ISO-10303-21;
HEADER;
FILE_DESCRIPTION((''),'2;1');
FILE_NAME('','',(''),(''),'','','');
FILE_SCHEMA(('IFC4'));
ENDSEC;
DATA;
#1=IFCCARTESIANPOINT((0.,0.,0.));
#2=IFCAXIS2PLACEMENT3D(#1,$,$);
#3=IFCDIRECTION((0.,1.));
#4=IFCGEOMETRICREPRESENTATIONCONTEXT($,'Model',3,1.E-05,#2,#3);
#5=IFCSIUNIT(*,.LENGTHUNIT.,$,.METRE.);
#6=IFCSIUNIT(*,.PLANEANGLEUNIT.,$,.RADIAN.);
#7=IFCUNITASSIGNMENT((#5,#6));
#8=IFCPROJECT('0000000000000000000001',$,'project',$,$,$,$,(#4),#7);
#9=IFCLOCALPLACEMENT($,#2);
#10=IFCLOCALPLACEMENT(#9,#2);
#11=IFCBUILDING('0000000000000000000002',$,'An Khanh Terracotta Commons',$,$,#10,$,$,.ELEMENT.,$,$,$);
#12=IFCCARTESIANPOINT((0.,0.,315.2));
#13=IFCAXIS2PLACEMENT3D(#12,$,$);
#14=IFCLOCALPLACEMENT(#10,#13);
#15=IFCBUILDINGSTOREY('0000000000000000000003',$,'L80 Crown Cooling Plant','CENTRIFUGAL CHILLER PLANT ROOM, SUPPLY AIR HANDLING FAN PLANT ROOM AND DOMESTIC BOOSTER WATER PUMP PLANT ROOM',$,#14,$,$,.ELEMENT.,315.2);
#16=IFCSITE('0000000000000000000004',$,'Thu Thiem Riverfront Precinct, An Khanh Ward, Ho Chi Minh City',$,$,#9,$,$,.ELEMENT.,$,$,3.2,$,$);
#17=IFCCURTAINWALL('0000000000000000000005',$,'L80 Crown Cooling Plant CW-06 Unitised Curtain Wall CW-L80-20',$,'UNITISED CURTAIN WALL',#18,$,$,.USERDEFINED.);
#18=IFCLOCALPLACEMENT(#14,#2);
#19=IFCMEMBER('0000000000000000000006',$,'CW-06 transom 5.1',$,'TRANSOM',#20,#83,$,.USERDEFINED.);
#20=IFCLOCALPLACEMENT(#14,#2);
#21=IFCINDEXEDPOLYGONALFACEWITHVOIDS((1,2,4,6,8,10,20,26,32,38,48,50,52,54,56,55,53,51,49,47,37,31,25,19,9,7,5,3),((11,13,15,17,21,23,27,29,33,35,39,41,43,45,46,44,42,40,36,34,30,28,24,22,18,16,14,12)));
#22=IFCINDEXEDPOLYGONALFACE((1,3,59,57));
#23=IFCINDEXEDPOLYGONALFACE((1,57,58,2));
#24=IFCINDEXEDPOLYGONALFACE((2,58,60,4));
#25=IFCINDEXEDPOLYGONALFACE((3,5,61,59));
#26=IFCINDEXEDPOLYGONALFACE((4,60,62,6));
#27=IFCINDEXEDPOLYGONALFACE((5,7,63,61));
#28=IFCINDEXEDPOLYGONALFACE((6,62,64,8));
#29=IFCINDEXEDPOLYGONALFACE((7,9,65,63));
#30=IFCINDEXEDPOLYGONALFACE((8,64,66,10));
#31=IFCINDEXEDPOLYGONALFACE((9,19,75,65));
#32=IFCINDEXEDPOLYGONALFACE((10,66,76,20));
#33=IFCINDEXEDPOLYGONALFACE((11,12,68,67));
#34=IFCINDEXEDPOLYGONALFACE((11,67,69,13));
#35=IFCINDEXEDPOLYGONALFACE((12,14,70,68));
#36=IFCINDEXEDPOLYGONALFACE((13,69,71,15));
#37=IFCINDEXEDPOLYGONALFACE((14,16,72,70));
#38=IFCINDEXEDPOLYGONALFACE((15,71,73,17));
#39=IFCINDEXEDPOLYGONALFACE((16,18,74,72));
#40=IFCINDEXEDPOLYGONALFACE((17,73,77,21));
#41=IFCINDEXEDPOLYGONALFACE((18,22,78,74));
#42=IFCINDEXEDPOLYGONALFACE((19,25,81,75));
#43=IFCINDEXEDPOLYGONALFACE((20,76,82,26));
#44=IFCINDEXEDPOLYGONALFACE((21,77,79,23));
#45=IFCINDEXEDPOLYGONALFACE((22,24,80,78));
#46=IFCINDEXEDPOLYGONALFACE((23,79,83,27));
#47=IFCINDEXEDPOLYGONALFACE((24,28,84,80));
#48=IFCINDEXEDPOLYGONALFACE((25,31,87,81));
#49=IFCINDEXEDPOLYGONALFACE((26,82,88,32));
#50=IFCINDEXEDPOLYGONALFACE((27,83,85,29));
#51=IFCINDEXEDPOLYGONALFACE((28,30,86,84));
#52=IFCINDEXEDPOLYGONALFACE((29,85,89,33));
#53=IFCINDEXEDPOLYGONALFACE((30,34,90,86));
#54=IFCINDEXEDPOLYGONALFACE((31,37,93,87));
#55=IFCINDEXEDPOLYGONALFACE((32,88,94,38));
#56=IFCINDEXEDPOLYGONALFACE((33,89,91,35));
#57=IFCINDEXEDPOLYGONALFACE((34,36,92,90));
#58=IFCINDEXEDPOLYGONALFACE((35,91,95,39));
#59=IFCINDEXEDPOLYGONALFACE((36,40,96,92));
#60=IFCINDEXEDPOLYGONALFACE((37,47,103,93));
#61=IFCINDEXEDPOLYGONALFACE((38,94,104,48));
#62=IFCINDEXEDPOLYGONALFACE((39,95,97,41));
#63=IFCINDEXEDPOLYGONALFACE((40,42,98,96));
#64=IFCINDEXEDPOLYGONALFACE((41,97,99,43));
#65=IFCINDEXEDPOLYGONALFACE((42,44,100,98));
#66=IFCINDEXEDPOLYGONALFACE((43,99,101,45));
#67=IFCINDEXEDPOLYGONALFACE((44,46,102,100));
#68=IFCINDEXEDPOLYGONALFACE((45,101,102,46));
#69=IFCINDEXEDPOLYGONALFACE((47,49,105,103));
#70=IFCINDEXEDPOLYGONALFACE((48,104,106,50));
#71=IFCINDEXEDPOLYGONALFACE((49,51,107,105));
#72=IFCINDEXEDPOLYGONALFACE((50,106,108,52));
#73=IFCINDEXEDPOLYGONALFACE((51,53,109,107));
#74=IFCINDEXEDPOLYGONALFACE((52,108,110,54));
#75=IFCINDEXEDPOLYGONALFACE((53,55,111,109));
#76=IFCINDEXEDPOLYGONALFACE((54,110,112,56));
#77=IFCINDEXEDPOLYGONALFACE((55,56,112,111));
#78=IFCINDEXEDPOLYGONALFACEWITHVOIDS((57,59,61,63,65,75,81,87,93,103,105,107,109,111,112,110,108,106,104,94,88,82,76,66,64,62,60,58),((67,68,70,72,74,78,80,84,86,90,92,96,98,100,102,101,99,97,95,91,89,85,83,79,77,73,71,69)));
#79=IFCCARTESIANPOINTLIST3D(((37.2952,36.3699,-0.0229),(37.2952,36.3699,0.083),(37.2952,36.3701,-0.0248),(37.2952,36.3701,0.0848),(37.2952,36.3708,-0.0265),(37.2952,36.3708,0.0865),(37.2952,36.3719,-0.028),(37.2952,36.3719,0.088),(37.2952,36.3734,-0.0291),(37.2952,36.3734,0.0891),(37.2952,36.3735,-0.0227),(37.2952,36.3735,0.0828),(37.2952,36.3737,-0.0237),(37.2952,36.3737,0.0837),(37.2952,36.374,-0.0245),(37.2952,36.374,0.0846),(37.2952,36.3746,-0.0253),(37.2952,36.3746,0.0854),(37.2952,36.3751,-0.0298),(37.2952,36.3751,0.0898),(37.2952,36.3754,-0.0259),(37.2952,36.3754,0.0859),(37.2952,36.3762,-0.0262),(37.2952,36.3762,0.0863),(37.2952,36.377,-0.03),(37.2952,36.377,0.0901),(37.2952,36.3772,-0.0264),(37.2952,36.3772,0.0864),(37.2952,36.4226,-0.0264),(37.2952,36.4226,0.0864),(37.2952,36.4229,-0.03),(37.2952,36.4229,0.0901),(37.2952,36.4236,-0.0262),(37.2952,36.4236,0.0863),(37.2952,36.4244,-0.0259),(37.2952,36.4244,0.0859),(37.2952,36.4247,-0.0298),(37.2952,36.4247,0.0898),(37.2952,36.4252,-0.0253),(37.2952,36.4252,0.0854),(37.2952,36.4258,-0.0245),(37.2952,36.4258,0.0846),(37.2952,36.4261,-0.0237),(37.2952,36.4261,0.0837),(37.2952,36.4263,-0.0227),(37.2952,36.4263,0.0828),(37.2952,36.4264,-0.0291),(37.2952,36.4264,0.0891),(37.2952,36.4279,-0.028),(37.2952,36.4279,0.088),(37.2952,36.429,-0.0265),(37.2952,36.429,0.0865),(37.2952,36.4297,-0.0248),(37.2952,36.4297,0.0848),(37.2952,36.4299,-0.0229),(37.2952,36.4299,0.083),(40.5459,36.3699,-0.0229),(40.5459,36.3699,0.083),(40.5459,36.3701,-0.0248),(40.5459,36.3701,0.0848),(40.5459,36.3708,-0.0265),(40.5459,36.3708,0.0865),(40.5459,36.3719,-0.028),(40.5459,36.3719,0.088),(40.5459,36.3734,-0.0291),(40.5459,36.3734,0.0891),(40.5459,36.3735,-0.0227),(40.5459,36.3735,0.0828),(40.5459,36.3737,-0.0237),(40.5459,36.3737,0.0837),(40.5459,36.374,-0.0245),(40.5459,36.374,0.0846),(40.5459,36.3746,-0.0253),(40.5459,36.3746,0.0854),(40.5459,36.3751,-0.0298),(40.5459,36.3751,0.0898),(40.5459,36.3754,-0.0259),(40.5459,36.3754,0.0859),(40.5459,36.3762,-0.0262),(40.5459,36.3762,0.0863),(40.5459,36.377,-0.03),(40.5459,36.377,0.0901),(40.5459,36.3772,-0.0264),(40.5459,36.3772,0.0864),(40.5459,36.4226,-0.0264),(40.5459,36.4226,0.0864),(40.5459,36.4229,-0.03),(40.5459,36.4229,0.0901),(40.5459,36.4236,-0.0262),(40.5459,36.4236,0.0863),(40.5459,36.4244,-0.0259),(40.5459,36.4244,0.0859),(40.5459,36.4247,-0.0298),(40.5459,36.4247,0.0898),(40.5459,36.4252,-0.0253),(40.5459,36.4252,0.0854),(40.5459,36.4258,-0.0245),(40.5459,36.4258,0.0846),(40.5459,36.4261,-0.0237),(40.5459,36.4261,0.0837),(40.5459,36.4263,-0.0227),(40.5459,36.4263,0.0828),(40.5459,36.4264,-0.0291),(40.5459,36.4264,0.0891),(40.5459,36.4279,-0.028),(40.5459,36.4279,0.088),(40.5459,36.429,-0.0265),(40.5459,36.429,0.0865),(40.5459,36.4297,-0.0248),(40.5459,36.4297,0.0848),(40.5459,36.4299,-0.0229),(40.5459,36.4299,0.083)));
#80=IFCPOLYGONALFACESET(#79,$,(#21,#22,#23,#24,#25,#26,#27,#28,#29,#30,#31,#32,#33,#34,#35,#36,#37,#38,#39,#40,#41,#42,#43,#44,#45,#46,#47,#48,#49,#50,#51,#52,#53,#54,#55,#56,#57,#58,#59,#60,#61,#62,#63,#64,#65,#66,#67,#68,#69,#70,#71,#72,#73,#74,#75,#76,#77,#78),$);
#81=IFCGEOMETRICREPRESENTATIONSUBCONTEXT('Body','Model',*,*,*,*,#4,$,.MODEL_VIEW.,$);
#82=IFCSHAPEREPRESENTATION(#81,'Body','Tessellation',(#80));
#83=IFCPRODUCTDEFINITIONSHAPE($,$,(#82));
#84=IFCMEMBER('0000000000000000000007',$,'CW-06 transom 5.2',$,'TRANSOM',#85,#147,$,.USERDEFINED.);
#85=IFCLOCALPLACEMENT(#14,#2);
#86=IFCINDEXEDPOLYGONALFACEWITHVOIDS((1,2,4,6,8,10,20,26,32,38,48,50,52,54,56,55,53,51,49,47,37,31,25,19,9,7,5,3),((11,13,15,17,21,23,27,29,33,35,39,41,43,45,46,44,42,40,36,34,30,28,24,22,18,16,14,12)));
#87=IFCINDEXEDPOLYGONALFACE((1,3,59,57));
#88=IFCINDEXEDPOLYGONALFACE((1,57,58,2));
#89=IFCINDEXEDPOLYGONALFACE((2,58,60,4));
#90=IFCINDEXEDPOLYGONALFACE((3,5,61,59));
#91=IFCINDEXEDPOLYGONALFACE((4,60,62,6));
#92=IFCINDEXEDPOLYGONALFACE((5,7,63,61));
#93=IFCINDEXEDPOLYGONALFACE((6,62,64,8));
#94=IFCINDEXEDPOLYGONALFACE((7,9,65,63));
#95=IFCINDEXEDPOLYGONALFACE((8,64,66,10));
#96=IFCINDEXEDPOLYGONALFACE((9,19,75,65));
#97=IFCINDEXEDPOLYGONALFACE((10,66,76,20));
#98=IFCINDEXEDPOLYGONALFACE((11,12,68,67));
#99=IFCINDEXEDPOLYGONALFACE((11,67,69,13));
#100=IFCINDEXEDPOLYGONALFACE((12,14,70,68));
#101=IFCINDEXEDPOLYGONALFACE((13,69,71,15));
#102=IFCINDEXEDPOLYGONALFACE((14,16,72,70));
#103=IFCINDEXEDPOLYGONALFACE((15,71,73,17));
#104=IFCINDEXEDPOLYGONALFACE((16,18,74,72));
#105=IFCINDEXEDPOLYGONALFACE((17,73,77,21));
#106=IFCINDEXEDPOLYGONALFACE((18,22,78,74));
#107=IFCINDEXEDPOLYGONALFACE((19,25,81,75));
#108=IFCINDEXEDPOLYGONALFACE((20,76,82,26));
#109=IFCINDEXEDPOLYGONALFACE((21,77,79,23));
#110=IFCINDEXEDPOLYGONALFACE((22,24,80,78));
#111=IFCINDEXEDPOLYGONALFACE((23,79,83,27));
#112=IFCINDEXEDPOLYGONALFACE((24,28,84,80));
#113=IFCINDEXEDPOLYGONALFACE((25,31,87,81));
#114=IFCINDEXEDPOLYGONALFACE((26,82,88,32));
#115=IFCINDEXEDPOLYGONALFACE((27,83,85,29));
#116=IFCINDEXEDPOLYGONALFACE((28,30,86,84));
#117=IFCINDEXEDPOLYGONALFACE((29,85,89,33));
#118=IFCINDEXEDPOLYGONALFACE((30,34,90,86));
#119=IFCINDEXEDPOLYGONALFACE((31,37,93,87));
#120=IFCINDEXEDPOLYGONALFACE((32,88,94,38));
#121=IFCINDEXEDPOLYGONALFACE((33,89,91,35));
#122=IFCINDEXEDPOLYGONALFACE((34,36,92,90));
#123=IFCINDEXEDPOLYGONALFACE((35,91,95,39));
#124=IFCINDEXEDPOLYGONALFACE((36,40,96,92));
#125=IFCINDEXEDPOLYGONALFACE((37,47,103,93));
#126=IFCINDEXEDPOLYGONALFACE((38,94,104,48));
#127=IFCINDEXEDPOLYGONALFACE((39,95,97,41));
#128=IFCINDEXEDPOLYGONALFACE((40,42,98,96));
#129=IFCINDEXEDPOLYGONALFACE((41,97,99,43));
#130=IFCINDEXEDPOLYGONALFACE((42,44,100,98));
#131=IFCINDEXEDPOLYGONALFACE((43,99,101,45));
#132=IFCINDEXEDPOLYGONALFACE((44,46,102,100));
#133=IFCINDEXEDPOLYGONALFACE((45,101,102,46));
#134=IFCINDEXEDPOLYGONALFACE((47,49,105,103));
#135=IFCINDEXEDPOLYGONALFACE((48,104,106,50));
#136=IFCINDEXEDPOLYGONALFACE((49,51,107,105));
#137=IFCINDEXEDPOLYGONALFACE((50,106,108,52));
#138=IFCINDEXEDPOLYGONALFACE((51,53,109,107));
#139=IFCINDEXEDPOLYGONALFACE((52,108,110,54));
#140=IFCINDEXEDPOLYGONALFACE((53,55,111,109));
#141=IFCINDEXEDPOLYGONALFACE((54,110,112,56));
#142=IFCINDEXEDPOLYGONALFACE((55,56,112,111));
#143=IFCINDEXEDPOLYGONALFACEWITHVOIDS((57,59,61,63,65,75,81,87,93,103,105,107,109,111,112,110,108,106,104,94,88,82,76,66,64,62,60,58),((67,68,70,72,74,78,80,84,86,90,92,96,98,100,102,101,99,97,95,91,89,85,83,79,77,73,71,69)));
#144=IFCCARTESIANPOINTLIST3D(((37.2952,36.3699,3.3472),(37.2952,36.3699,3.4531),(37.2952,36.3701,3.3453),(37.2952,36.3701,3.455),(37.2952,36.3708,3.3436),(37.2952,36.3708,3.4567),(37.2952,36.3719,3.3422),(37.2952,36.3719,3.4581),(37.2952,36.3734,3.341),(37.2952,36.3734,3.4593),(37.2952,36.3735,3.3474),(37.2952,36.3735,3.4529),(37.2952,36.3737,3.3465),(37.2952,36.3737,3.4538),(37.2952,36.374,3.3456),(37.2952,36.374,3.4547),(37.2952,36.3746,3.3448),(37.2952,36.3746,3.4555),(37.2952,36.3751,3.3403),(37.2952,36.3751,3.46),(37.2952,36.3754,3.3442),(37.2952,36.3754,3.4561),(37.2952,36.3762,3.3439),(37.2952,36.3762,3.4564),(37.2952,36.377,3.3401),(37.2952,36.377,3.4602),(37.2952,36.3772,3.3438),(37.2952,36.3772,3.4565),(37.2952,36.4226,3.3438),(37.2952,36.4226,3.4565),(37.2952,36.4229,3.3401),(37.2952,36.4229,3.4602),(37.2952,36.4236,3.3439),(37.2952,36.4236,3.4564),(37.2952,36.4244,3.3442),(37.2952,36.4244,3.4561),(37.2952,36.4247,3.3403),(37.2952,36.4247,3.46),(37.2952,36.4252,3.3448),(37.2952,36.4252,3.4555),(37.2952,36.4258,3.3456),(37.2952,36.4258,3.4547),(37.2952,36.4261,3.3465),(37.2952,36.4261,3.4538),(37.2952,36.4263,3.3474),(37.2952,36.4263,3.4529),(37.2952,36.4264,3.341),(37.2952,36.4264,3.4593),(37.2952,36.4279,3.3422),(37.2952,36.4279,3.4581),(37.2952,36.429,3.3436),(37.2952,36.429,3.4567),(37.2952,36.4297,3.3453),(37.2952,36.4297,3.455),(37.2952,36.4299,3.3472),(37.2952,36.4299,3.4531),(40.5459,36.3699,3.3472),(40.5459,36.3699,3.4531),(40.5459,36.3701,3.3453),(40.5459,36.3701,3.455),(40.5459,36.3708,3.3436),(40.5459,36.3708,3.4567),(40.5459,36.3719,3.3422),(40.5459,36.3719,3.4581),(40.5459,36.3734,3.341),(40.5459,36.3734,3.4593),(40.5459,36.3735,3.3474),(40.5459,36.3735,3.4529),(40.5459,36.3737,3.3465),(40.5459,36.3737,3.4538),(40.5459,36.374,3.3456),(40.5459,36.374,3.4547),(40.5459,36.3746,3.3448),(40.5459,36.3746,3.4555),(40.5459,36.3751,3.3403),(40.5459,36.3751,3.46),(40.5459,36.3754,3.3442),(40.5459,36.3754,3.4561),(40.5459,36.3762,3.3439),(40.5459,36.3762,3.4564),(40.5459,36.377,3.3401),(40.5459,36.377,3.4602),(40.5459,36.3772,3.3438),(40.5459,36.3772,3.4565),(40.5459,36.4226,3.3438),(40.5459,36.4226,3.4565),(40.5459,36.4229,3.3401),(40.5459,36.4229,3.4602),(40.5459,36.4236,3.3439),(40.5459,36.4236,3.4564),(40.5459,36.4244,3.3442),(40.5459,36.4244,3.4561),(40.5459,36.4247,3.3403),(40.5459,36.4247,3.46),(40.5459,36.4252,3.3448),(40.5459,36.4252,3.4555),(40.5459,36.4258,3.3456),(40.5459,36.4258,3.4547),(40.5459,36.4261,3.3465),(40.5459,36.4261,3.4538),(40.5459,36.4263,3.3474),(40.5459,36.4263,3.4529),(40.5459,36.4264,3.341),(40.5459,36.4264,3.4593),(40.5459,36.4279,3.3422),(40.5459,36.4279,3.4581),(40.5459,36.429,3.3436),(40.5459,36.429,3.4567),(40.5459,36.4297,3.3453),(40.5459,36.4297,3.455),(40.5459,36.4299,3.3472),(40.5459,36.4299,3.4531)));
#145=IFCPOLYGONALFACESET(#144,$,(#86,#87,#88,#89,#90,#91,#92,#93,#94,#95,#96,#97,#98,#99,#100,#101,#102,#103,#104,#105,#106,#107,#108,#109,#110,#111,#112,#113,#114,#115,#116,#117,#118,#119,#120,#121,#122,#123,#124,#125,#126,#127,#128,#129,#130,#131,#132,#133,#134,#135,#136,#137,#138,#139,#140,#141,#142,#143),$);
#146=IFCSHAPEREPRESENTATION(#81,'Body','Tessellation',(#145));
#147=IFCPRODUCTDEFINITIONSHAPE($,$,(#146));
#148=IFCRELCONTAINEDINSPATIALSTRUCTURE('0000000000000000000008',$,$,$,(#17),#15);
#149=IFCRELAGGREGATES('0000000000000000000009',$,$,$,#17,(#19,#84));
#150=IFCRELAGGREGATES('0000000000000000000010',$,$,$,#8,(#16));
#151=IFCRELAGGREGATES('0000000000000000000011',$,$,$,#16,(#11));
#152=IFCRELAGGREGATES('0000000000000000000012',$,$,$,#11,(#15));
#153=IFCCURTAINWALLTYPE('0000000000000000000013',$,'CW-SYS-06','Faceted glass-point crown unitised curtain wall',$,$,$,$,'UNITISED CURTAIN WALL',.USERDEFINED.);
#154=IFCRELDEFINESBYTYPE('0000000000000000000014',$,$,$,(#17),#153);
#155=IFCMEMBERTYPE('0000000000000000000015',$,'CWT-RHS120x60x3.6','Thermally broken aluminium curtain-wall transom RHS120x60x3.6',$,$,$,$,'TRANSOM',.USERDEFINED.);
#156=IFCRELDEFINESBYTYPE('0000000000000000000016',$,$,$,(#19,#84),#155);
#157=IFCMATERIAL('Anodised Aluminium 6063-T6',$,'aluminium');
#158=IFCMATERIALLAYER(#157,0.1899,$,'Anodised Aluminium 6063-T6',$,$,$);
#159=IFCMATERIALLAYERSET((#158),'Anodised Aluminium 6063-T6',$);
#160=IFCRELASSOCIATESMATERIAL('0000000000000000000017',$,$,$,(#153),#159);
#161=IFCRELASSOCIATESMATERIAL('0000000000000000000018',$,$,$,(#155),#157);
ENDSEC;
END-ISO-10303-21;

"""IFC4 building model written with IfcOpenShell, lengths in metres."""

from ifc_helpers import new_model, si_unit, direction, frame, origin, origin_2d, place, context, subcontext, project, spatial, hollow_rectangle, extrude, material, layer, layer_set, material_profile, profile_set, type_object, element, aggregate, save


model = new_model("IFC4")

# Units and contexts
model_context = context("Model", 3, precision=1e-05, world=origin(), true_north=direction((0.0, 1.0)))
body_context = subcontext(model_context, "Body", "Model", "MODEL_VIEW")
ifc_project = project(units=[si_unit("LENGTHUNIT", "METRE"), si_unit("PLANEANGLEUNIT", "RADIAN")], contexts=[model_context])

# Site, building, storey
site_placement = place(None, origin())
site = spatial("IfcSite", under=ifc_project, at=site_placement, Name="Thu Thiem Riverfront Precinct, An Khanh Ward, Ho Chi Minh City", CompositionType="ELEMENT", RefElevation=3.2)
building_placement = place(site_placement, origin())
building = spatial("IfcBuilding", under=site, at=building_placement, Name="An Khanh Terracotta Commons", CompositionType="ELEMENT")
storey_placement = place(building_placement, frame((0.0, 0.0, 315.2)))
storey = spatial("IfcBuildingStorey", under=building, at=storey_placement, Name="L80 Crown Cooling Plant", Description="CENTRIFUGAL CHILLER PLANT ROOM, SUPPLY AIR HANDLING FAN PLANT ROOM AND DOMESTIC BOOSTER WATER PUMP PLANT ROOM", CompositionType="ELEMENT", Elevation=315.2)

# Curtain wall, members
ifc_material_1 = material(Name="Anodised Aluminium 6063-T6", Category="aluminium")
ifc_layer_1 = layer(ifc_material_1, 0.1899, Name="Anodised Aluminium 6063-T6")
ifc_layer_set_1 = layer_set([ifc_layer_1], Name="Anodised Aluminium 6063-T6")
curtain_wall_type = type_object("IfcCurtainWallType", Name="CW-SYS-06", Description="Faceted glass-point crown unitised curtain wall", ElementType="UNITISED CURTAIN WALL", PredefinedType="USERDEFINED", material=ifc_layer_set_1)
curtain_wall_placement = place(storey_placement, origin())
curtain_wall = element("IfcCurtainWall", 1, at=curtain_wall_placement, inside=storey, type_object=curtain_wall_type, Name="L80 Crown Cooling Plant CW-06 Unitised Curtain Wall CW-L80-20", ObjectType="UNITISED CURTAIN WALL", PredefinedType="USERDEFINED")
ifc_material_profile_1 = material_profile(ifc_material_1, hollow_rectangle(XDim=0.0601, YDim=0.1201, WallThickness=0.0037, InnerFilletRadius=0.0037, OuterFilletRadius=0.0071, at=origin_2d()), Name="RHS120x60x3.6")
ifc_profile_set_1 = profile_set([ifc_material_profile_1], Name="Anodised Aluminium 6063-T6")
member_type_1 = type_object("IfcMemberType", Name="CWT-RHS120x60x3.6", Description="Thermally broken aluminium curtain-wall transom RHS120x60x3.6", ElementType="TRANSOM", PredefinedType="USERDEFINED", material=ifc_profile_set_1)
member_1_placement = place(storey_placement, frame((40.5459, 36.3999, 0.03), z_axis=(-1.0, 0.0, 0.0), x_axis=(0.0, -1.0, 0.0)))
member_1 = element("IfcMember", 2, at=member_1_placement, type_object=member_type_1, Name="CW-06 transom 5.1", ObjectType="TRANSOM", PredefinedType="USERDEFINED", context=body_context, shape_type="SweptSolid", body=[
    extrude(hollow_rectangle(XDim=0.0601, YDim=0.1201, WallThickness=0.0037, InnerFilletRadius=0.0037, OuterFilletRadius=0.0071, at=origin_2d()), origin(), (0.0, 0.0, 1.0), 3.2507),
])
member_2_placement = place(storey_placement, frame((40.5459, 36.3999, 3.4001), z_axis=(-1.0, 0.0, 0.0), x_axis=(0.0, -1.0, 0.0)))
member_2 = element("IfcMember", 3, at=member_2_placement, type_object=member_type_1, Name="CW-06 transom 5.2", ObjectType="TRANSOM", PredefinedType="USERDEFINED", context=body_context, shape_type="SweptSolid", body=[
    extrude(hollow_rectangle(XDim=0.0601, YDim=0.1201, WallThickness=0.0037, InnerFilletRadius=0.0037, OuterFilletRadius=0.0071, at=origin_2d()), origin(), (0.0, 0.0, 1.0), 3.2507),
])
aggregate(curtain_wall, [member_1, member_2])

save(model, "model.ifc")
